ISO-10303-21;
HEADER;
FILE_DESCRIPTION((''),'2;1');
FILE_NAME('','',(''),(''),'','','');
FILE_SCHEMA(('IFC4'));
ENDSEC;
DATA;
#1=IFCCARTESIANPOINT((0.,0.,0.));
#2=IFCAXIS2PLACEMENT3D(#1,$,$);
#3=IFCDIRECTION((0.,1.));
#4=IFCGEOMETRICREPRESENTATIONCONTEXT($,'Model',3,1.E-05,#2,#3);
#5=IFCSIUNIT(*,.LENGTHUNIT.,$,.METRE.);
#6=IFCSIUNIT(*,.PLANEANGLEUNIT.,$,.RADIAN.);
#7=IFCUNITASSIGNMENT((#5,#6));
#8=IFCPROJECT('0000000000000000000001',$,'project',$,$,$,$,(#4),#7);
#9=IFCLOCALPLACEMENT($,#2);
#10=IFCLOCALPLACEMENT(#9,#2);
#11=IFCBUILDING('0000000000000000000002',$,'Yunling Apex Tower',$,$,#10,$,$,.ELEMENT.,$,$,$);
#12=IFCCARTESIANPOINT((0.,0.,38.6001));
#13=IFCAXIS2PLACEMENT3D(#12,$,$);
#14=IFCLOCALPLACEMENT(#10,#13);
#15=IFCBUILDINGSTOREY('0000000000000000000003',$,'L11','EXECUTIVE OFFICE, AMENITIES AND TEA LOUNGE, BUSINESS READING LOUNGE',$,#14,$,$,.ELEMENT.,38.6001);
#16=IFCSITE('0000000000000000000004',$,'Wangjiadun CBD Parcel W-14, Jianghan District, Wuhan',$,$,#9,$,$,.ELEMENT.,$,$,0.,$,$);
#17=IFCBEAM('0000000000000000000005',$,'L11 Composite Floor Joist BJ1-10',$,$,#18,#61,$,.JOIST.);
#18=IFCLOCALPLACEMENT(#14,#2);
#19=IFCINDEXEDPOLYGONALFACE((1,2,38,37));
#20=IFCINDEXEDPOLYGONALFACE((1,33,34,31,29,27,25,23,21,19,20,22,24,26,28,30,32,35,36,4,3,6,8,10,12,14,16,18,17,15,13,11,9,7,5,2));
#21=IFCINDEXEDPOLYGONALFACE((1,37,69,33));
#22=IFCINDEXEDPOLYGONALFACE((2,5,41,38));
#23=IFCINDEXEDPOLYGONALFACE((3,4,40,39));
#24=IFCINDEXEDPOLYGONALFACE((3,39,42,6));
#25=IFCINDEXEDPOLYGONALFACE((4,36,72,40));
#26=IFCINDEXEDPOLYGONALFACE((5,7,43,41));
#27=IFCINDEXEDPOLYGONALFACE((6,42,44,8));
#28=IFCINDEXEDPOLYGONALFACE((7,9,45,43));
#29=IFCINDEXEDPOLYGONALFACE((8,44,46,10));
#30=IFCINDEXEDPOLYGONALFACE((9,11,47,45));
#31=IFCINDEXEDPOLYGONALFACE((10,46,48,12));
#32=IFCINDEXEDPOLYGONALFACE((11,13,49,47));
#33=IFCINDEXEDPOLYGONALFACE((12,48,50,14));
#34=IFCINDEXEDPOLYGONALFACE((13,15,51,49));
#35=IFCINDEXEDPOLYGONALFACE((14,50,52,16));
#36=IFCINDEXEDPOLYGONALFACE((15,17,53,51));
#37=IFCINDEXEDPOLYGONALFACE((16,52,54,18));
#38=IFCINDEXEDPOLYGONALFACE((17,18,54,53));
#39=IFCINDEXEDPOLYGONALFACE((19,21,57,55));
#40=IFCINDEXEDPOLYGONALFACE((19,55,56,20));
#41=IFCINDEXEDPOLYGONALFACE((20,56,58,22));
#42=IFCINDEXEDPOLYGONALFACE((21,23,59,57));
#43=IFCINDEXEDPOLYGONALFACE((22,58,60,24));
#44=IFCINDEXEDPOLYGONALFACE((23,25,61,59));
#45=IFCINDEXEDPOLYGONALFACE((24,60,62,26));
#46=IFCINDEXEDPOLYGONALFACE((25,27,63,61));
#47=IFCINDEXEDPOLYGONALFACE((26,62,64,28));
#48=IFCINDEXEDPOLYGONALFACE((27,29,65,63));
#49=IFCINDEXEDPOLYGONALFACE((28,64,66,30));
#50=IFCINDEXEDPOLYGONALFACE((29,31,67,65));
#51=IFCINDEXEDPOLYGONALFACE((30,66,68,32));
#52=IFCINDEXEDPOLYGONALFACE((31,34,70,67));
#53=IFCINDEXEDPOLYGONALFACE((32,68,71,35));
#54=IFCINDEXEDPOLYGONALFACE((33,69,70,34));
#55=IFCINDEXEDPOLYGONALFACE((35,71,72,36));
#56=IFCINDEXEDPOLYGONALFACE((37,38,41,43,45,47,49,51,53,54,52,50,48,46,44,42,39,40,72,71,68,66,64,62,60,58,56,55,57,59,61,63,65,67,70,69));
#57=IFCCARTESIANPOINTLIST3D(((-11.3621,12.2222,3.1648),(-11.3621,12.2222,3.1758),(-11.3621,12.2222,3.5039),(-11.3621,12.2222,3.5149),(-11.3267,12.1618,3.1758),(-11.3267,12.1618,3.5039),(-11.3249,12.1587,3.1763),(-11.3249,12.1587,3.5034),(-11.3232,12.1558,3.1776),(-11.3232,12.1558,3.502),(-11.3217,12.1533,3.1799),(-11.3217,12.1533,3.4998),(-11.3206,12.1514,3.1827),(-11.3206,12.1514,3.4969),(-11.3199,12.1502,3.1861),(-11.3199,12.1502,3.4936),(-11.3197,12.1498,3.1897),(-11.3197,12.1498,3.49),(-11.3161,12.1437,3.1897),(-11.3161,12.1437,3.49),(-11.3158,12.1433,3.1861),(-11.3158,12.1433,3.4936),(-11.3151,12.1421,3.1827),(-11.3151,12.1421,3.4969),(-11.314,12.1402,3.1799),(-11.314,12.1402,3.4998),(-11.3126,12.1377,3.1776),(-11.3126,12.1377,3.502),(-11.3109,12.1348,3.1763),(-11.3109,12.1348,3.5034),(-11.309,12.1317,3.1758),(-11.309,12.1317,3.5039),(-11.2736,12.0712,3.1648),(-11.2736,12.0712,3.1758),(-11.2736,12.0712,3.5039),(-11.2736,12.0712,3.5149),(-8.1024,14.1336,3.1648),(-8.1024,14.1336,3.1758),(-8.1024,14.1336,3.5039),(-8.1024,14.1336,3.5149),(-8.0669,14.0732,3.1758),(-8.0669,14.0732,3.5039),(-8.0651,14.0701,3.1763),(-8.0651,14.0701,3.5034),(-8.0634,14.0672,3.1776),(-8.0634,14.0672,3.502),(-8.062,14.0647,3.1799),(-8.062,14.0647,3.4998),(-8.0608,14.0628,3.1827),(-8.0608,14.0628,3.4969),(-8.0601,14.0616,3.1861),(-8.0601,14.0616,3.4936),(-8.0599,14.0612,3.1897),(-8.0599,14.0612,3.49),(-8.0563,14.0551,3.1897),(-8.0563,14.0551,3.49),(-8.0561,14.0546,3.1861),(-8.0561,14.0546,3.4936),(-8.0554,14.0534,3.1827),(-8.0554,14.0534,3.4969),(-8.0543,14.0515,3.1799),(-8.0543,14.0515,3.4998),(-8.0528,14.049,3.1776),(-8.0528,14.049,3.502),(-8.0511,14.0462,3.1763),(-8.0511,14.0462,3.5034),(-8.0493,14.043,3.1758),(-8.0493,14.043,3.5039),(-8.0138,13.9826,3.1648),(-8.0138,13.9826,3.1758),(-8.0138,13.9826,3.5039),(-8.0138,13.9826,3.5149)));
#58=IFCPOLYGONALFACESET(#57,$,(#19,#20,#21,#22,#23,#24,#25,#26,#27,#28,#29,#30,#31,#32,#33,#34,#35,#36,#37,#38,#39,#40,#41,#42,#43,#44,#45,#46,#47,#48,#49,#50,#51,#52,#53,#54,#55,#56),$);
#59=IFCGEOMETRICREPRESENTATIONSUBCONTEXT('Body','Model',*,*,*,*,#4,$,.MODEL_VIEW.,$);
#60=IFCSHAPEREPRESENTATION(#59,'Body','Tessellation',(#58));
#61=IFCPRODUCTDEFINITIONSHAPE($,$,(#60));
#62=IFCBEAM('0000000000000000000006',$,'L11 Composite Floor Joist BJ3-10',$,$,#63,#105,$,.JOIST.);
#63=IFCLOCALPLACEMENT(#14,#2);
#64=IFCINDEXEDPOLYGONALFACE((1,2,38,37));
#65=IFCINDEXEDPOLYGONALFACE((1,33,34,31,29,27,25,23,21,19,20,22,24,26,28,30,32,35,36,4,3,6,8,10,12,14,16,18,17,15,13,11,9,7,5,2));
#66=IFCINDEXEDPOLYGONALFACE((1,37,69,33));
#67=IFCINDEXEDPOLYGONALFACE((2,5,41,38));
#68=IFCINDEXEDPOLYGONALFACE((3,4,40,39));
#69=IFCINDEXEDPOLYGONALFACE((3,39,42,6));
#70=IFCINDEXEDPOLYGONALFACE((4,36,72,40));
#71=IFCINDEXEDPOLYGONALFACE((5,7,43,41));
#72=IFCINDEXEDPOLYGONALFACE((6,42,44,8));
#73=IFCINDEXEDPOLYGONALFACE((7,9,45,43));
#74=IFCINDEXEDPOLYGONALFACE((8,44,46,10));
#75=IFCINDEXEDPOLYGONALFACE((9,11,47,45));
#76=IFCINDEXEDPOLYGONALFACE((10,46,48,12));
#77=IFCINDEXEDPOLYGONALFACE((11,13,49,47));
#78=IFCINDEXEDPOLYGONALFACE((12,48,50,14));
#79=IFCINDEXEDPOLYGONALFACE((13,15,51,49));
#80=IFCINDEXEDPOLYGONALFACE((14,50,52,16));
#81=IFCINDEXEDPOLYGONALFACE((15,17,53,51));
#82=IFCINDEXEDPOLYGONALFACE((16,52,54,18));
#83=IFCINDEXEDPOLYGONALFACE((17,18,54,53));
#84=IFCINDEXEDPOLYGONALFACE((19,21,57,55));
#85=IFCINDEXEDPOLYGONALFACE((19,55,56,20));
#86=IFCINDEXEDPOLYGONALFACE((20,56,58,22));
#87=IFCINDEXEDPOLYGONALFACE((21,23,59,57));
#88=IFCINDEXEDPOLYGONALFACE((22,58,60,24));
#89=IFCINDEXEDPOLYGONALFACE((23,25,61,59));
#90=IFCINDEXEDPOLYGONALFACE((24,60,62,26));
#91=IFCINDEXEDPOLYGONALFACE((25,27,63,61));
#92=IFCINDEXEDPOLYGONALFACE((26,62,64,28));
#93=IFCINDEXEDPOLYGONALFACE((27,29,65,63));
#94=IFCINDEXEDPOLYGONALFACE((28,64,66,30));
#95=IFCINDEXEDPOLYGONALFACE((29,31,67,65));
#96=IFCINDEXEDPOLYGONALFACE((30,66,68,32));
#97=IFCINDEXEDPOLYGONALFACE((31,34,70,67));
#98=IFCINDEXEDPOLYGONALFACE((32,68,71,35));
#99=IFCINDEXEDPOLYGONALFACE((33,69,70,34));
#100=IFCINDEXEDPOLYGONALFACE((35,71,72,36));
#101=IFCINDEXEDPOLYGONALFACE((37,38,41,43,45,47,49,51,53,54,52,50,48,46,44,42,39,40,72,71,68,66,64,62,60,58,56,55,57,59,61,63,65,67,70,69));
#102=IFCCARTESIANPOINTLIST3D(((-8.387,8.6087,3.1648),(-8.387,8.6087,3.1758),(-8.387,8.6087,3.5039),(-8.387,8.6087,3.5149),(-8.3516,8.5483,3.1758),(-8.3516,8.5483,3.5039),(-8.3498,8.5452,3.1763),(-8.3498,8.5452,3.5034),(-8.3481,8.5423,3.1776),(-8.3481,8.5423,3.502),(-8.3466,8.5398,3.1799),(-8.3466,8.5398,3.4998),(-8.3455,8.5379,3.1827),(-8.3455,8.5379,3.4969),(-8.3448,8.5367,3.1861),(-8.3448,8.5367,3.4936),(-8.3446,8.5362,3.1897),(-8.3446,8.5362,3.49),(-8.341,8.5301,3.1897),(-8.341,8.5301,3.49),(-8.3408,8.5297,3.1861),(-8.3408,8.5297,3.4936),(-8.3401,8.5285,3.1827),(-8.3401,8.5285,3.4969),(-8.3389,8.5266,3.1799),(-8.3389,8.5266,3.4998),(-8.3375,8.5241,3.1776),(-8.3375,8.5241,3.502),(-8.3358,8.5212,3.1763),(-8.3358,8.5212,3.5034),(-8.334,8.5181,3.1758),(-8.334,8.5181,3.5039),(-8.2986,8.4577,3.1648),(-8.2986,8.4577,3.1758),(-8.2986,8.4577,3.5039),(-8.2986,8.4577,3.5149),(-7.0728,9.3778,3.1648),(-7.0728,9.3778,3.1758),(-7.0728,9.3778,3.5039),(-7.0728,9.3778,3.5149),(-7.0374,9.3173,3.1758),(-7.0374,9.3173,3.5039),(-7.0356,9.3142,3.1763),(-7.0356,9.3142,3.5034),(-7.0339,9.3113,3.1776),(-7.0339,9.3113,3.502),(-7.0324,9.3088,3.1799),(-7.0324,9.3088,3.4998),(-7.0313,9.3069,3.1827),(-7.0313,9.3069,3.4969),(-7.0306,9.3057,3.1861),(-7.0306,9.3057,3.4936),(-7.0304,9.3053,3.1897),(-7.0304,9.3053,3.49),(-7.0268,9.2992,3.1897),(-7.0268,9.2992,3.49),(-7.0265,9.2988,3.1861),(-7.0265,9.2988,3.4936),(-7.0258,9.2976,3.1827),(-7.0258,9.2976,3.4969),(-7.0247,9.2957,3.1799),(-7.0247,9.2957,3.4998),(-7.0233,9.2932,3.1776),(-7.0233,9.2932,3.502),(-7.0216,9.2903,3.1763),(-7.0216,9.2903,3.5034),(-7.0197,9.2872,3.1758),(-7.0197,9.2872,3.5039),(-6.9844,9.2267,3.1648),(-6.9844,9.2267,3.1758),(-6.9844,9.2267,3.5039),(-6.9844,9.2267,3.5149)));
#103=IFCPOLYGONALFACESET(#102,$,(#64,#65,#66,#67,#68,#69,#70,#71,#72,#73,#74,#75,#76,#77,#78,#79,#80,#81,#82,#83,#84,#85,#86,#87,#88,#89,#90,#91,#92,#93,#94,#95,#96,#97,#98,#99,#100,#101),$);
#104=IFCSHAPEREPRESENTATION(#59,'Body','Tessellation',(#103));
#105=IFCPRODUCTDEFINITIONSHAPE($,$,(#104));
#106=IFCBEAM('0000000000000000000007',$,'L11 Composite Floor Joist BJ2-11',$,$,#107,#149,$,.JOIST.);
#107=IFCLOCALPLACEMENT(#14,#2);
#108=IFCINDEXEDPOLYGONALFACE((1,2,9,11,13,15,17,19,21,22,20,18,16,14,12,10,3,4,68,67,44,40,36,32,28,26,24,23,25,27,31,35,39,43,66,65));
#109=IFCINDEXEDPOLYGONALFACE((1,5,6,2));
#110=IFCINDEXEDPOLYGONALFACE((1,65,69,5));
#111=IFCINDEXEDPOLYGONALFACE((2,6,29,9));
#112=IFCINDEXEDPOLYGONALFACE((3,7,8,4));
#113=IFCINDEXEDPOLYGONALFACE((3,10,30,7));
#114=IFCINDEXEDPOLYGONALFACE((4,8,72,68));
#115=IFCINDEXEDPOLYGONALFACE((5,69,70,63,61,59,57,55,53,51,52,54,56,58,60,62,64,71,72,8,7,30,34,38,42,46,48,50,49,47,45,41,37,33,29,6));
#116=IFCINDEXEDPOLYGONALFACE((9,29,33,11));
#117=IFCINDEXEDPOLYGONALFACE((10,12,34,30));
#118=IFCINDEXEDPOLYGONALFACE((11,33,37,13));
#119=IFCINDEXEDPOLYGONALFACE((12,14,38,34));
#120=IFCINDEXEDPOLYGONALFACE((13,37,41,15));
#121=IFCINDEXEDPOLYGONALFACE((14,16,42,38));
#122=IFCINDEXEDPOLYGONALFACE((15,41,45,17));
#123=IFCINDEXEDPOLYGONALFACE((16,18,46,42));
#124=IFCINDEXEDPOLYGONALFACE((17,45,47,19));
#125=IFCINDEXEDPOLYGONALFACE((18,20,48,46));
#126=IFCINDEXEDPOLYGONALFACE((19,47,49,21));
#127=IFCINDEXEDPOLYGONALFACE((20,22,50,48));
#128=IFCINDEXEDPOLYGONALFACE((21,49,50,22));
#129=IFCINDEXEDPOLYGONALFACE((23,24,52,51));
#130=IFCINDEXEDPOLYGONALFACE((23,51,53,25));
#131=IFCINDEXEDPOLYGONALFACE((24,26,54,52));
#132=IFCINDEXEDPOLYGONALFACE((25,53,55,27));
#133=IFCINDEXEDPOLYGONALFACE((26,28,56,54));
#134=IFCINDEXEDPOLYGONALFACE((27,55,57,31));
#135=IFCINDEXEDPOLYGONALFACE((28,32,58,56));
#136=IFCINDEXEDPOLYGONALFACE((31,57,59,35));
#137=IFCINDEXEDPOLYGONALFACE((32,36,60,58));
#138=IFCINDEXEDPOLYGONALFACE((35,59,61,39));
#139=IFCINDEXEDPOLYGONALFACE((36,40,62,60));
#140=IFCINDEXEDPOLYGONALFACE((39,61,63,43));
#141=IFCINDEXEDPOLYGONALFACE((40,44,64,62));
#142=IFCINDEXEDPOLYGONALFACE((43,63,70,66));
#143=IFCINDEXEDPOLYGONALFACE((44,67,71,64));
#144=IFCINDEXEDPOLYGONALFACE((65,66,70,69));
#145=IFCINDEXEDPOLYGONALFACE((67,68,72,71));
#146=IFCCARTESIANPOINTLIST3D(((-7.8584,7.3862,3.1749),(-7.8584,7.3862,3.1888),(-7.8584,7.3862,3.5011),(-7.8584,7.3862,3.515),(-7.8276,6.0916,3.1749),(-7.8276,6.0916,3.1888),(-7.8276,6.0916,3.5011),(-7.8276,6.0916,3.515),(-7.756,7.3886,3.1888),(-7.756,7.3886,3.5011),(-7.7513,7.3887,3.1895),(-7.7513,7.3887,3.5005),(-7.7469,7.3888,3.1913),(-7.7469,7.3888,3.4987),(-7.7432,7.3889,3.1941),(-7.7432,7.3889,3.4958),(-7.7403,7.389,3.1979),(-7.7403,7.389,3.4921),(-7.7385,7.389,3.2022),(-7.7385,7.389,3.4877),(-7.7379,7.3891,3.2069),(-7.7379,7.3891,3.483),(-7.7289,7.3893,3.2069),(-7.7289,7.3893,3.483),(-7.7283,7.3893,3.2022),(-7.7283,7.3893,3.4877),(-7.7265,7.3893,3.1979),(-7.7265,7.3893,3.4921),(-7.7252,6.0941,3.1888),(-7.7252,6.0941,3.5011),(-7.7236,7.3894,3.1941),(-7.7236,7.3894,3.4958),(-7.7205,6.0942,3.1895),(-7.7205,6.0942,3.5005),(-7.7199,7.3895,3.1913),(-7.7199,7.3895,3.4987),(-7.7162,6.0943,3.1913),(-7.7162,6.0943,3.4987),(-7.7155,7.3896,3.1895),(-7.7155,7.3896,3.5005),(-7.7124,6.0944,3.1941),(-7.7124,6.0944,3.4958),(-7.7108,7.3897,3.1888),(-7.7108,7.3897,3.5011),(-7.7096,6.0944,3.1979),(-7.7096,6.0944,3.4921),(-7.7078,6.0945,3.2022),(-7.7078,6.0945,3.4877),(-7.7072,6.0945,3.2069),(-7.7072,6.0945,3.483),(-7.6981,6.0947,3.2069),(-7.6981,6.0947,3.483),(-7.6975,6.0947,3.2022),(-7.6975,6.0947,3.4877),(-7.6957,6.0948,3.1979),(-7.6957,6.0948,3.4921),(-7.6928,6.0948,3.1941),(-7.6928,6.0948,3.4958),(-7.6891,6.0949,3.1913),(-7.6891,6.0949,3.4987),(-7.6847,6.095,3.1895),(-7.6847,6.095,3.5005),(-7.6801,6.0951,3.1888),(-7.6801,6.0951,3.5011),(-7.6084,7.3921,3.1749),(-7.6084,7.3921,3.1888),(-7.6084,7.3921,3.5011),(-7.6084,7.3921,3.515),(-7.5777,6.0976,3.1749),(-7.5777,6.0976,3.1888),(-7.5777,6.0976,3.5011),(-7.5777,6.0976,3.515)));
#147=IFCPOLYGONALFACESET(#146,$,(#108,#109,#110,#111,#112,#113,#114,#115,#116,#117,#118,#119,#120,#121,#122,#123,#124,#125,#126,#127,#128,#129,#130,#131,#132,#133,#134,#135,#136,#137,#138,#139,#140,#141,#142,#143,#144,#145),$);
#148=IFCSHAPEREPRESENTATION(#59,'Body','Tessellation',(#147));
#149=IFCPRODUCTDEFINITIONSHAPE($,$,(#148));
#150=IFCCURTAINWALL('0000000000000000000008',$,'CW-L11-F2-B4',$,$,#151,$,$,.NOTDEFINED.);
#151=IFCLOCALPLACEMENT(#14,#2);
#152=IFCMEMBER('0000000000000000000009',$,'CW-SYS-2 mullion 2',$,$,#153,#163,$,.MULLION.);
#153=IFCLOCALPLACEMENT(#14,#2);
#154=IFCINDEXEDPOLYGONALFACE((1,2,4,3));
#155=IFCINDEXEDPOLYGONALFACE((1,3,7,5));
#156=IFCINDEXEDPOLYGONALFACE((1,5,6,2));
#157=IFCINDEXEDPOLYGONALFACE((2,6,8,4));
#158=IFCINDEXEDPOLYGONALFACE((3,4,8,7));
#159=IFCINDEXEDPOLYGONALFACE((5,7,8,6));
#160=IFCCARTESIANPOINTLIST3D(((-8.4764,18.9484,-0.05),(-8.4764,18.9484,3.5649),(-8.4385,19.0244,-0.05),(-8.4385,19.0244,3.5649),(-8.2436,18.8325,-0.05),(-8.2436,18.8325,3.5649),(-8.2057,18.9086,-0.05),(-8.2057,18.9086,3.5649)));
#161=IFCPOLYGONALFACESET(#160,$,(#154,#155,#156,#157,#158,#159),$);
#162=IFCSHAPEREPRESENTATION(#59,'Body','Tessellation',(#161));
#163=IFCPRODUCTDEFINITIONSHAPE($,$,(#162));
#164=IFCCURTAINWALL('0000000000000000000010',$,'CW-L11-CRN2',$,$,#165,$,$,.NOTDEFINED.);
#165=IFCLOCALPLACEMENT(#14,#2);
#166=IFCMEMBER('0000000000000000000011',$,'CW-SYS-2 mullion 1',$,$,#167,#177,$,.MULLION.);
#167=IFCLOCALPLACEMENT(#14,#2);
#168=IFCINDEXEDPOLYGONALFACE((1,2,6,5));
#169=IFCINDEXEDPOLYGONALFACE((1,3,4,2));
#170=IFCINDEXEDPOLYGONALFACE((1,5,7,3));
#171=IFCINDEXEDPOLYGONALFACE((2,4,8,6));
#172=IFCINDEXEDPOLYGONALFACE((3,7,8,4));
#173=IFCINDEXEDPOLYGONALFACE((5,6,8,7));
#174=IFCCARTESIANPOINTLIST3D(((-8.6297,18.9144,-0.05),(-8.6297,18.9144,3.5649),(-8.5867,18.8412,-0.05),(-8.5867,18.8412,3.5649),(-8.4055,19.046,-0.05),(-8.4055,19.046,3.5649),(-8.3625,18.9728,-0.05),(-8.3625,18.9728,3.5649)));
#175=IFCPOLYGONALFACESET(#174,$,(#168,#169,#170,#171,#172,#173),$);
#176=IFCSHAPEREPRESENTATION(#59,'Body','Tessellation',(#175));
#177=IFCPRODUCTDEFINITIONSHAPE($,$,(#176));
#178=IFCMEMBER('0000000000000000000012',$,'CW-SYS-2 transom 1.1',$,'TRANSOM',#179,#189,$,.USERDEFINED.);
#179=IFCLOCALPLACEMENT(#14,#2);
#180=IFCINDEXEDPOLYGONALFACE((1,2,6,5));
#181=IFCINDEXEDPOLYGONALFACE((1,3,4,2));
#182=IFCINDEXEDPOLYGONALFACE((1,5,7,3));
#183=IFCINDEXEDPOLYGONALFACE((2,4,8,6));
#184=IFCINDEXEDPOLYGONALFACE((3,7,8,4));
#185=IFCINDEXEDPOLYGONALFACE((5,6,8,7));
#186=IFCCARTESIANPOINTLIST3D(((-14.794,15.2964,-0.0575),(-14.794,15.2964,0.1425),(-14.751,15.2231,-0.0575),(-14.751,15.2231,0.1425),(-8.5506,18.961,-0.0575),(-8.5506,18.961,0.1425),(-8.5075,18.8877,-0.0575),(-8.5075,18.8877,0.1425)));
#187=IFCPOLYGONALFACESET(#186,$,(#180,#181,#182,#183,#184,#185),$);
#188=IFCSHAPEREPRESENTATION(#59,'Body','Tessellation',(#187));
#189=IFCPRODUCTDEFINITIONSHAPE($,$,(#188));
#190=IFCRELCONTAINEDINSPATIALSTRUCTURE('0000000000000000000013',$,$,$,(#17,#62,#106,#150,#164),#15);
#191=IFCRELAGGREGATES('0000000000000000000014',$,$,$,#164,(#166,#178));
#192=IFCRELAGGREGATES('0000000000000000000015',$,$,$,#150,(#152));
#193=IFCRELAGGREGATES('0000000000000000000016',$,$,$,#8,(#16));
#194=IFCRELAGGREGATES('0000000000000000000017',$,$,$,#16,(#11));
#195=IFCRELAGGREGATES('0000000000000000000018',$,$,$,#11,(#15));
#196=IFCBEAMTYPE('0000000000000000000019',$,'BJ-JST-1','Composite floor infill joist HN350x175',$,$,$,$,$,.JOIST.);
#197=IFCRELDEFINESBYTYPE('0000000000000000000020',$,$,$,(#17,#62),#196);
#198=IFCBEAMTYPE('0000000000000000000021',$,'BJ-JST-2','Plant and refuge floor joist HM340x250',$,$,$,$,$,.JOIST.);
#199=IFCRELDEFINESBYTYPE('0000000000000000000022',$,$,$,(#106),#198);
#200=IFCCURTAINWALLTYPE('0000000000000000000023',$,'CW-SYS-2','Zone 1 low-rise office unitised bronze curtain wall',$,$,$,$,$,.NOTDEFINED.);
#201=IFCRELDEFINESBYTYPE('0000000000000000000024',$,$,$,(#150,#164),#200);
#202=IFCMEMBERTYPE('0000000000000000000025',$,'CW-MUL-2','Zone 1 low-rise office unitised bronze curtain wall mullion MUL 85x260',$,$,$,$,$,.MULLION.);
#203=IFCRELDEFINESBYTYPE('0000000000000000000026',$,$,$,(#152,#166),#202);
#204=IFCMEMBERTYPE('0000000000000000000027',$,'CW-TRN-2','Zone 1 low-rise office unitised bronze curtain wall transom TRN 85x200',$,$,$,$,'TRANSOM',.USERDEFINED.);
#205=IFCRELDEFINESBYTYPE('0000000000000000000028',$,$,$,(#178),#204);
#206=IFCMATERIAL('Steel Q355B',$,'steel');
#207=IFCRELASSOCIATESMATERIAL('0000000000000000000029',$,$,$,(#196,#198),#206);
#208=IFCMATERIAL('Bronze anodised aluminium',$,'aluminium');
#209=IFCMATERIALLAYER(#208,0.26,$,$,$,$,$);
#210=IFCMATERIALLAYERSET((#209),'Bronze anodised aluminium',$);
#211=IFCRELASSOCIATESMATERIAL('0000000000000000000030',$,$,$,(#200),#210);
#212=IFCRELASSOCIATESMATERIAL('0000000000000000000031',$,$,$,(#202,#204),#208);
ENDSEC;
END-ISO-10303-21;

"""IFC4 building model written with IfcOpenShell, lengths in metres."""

from ifc_helpers import new_model, si_unit, direction, frame, origin, origin_2d, place, context, subcontext, project, spatial, rectangle, i_section, extrude, source, transform, mapped, material, layer, layer_set, material_profile, profile_set, type_object, element, aggregate, save


model = new_model("IFC4")

# Units and contexts
model_context = context("Model", 3, precision=1e-05, world=origin(), true_north=direction((0.0, 1.0)))
body_context = subcontext(model_context, "Body", "Model", "MODEL_VIEW")
ifc_project = project(units=[si_unit("LENGTHUNIT", "METRE"), si_unit("PLANEANGLEUNIT", "RADIAN")], contexts=[model_context])

# Site, building, storey
site_placement = place(None, origin())
site = spatial("IfcSite", under=ifc_project, at=site_placement, Name="Wangjiadun CBD Parcel W-14, Jianghan District, Wuhan", CompositionType="ELEMENT", RefElevation=0.0)
building_placement = place(site_placement, origin())
building = spatial("IfcBuilding", under=site, at=building_placement, Name="Yunling Apex Tower", CompositionType="ELEMENT")
storey_placement = place(building_placement, frame((0.0, 0.0, 38.6001)))
storey = spatial("IfcBuildingStorey", under=building, at=storey_placement, Name="L11", Description="EXECUTIVE OFFICE, AMENITIES AND TEA LOUNGE, BUSINESS READING LOUNGE", CompositionType="ELEMENT", Elevation=38.6001)

# Beams
ifc_material_1 = material(Name="Steel Q355B", Category="steel")
ifc_material_profile_1 = material_profile(ifc_material_1, i_section(OverallWidth=0.175, OverallDepth=0.3501, WebThickness=0.0071, FlangeThickness=0.011, FilletRadius=0.0139, at=origin_2d()))
ifc_profile_set_1 = profile_set([ifc_material_profile_1], Name="Steel Q355B")
beam_type_1 = type_object("IfcBeamType", Name="BJ-JST-1", Description="Composite floor infill joist HN350x175", PredefinedType="JOIST", material=ifc_profile_set_1)
ifc_material_profile_2 = material_profile(ifc_material_1, i_section(OverallWidth=0.25, OverallDepth=0.3401, WebThickness=0.009, FlangeThickness=0.0139, FilletRadius=0.0181, at=origin_2d()))
ifc_profile_set_2 = profile_set([ifc_material_profile_2], Name="Steel Q355B")
beam_type_2 = type_object("IfcBeamType", Name="BJ-JST-2", Description="Plant and refuge floor joist HM340x250", PredefinedType="JOIST", material=ifc_profile_set_2)
shared_shape_1 = source(origin(), body_context, "Body", "SweptSolid", [
    extrude(i_section(OverallWidth=0.175, OverallDepth=0.3501, WebThickness=0.0071, FlangeThickness=0.011, FilletRadius=0.0139, at=origin_2d()), origin(), (0.0, 0.0, 1.0), 3.7788),
])
beam_1_placement = place(storey_placement, frame((-8.0581, 14.0581, 3.3398), z_axis=(-0.862643, -0.505814, 0.0), x_axis=(0.505814, -0.862643, 0.0)))
element("IfcBeam", 1, at=beam_1_placement, inside=storey, type_object=beam_type_1, Name="L11 Composite Floor Joist BJ1-10", PredefinedType="JOIST", context=body_context, shape_type="MappedRepresentation", body=[
    mapped(shared_shape_1, transform((0.0, 0.0, 0.0), scale=1.0)),
])
shared_shape_2 = source(origin(), body_context, "Body", "SweptSolid", [
    extrude(i_section(OverallWidth=0.175, OverallDepth=0.3501, WebThickness=0.0071, FlangeThickness=0.011, FilletRadius=0.0139, at=origin_2d()), origin(), (0.0, 0.0, 1.0), 1.5227),
])
beam_2_placement = place(storey_placement, frame((-7.0286, 9.3022, 3.3398), z_axis=(-0.863086, -0.505057, 0.0), x_axis=(0.505057, -0.863086, 0.0)))
element("IfcBeam", 2, at=beam_2_placement, inside=storey, type_object=beam_type_1, Name="L11 Composite Floor Joist BJ3-10", PredefinedType="JOIST", context=body_context, shape_type="MappedRepresentation", body=[
    mapped(shared_shape_2, transform((0.0, 0.0, 0.0), scale=1.0)),
])
shared_shape_3 = source(origin(), body_context, "Body", "SweptSolid", [
    extrude(i_section(OverallWidth=0.25, OverallDepth=0.3401, WebThickness=0.009, FlangeThickness=0.0139, FilletRadius=0.0181, at=origin_2d()), origin(), (0.0, 0.0, 1.0), 1.2949),
])
beam_3_placement = place(storey_placement, frame((-7.7334, 7.3892, 3.345), z_axis=(0.023753, -0.999718, 0.0), x_axis=(0.999718, 0.023753, 0.0)))
element("IfcBeam", 3, at=beam_3_placement, inside=storey, type_object=beam_type_2, Name="L11 Composite Floor Joist BJ2-11", PredefinedType="JOIST", context=body_context, shape_type="MappedRepresentation", body=[
    mapped(shared_shape_3, transform((0.0, 0.0, 0.0), scale=1.0)),
])

# Curtain wall, member
ifc_material_2 = material(Name="Bronze anodised aluminium", Category="aluminium")
ifc_layer_1 = layer(ifc_material_2, 0.26)
ifc_layer_set_1 = layer_set([ifc_layer_1], Name="Bronze anodised aluminium")
curtain_wall_type = type_object("IfcCurtainWallType", Name="CW-SYS-2", Description="Zone 1 low-rise office unitised bronze curtain wall", PredefinedType="NOTDEFINED", material=ifc_layer_set_1)
curtain_wall_1_placement = place(storey_placement, origin())
curtain_wall_1 = element("IfcCurtainWall", 4, at=curtain_wall_1_placement, inside=storey, type_object=curtain_wall_type, Name="CW-L11-F2-B4", PredefinedType="NOTDEFINED")
ifc_material_profile_3 = material_profile(ifc_material_2, rectangle(XDim=0.085, YDim=0.26, at=origin_2d()))
ifc_profile_set_3 = profile_set([ifc_material_profile_3], Name="Bronze anodised aluminium")
member_type_1 = type_object("IfcMemberType", Name="CW-MUL-2", Description="Zone 1 low-rise office unitised bronze curtain wall mullion MUL 85x260", PredefinedType="MULLION", material=ifc_profile_set_3)
shared_shape_4 = source(origin(), body_context, "Body", "SweptSolid", [
    extrude(rectangle(XDim=0.085, YDim=0.26, at=origin_2d()), origin(), (0.0, 0.0, 1.0), 3.615),
])
member_1_placement = place(storey_placement, frame((-8.3411, 18.9285, -0.05), z_axis=(0.0, 0.0, 1.0), x_axis=(-0.445571, -0.895247, 0.0)))
member_1 = element("IfcMember", 5, at=member_1_placement, type_object=member_type_1, Name="CW-SYS-2 mullion 2", PredefinedType="MULLION", context=body_context, shape_type="MappedRepresentation", body=[
    mapped(shared_shape_4, transform((0.0, 0.0, 0.0), scale=1.0)),
])

# Curtain wall, members
curtain_wall_2_placement = place(storey_placement, origin())
curtain_wall_2 = element("IfcCurtainWall", 6, at=curtain_wall_2_placement, inside=storey, type_object=curtain_wall_type, Name="CW-L11-CRN2", PredefinedType="NOTDEFINED")
member_2_placement = place(storey_placement, frame((-8.4961, 18.9436, -0.05), z_axis=(0.0, 0.0, 1.0), x_axis=(0.506196, -0.862419, 0.0)))
member_2 = element("IfcMember", 7, at=member_2_placement, type_object=member_type_1, Name="CW-SYS-2 mullion 1", PredefinedType="MULLION", context=body_context, shape_type="MappedRepresentation", body=[
    mapped(shared_shape_4, transform((0.0, 0.0, 0.0), scale=1.0)),
])
ifc_material_profile_4 = material_profile(ifc_material_2, rectangle(XDim=0.085, YDim=0.2, at=origin_2d()))
ifc_profile_set_4 = profile_set([ifc_material_profile_4], Name="Bronze anodised aluminium")
member_type_2 = type_object("IfcMemberType", Name="CW-TRN-2", Description="Zone 1 low-rise office unitised bronze curtain wall transom TRN 85x200", ElementType="TRANSOM", PredefinedType="USERDEFINED", material=ifc_profile_set_4)
shared_shape_5 = source(origin(), body_context, "Body", "SweptSolid", [
    extrude(rectangle(XDim=0.085, YDim=0.2, at=origin_2d()), origin(), (0.0, 0.0, 1.0), 7.2395),
])
member_3_placement = place(storey_placement, frame((-8.5291, 18.9243, 0.0425), z_axis=(-0.862419, -0.506195, 0.0), x_axis=(0.506195, -0.862419, 0.0)))
member_3 = element("IfcMember", 8, at=member_3_placement, type_object=member_type_2, Name="CW-SYS-2 transom 1.1", ObjectType="TRANSOM", PredefinedType="USERDEFINED", context=body_context, shape_type="MappedRepresentation", body=[
    mapped(shared_shape_5, transform((0.0, 0.0, 0.0), scale=1.0)),
])
aggregate(curtain_wall_2, [member_2, member_3])

aggregate(curtain_wall_1, [member_1])

save(model, "model.ifc")
